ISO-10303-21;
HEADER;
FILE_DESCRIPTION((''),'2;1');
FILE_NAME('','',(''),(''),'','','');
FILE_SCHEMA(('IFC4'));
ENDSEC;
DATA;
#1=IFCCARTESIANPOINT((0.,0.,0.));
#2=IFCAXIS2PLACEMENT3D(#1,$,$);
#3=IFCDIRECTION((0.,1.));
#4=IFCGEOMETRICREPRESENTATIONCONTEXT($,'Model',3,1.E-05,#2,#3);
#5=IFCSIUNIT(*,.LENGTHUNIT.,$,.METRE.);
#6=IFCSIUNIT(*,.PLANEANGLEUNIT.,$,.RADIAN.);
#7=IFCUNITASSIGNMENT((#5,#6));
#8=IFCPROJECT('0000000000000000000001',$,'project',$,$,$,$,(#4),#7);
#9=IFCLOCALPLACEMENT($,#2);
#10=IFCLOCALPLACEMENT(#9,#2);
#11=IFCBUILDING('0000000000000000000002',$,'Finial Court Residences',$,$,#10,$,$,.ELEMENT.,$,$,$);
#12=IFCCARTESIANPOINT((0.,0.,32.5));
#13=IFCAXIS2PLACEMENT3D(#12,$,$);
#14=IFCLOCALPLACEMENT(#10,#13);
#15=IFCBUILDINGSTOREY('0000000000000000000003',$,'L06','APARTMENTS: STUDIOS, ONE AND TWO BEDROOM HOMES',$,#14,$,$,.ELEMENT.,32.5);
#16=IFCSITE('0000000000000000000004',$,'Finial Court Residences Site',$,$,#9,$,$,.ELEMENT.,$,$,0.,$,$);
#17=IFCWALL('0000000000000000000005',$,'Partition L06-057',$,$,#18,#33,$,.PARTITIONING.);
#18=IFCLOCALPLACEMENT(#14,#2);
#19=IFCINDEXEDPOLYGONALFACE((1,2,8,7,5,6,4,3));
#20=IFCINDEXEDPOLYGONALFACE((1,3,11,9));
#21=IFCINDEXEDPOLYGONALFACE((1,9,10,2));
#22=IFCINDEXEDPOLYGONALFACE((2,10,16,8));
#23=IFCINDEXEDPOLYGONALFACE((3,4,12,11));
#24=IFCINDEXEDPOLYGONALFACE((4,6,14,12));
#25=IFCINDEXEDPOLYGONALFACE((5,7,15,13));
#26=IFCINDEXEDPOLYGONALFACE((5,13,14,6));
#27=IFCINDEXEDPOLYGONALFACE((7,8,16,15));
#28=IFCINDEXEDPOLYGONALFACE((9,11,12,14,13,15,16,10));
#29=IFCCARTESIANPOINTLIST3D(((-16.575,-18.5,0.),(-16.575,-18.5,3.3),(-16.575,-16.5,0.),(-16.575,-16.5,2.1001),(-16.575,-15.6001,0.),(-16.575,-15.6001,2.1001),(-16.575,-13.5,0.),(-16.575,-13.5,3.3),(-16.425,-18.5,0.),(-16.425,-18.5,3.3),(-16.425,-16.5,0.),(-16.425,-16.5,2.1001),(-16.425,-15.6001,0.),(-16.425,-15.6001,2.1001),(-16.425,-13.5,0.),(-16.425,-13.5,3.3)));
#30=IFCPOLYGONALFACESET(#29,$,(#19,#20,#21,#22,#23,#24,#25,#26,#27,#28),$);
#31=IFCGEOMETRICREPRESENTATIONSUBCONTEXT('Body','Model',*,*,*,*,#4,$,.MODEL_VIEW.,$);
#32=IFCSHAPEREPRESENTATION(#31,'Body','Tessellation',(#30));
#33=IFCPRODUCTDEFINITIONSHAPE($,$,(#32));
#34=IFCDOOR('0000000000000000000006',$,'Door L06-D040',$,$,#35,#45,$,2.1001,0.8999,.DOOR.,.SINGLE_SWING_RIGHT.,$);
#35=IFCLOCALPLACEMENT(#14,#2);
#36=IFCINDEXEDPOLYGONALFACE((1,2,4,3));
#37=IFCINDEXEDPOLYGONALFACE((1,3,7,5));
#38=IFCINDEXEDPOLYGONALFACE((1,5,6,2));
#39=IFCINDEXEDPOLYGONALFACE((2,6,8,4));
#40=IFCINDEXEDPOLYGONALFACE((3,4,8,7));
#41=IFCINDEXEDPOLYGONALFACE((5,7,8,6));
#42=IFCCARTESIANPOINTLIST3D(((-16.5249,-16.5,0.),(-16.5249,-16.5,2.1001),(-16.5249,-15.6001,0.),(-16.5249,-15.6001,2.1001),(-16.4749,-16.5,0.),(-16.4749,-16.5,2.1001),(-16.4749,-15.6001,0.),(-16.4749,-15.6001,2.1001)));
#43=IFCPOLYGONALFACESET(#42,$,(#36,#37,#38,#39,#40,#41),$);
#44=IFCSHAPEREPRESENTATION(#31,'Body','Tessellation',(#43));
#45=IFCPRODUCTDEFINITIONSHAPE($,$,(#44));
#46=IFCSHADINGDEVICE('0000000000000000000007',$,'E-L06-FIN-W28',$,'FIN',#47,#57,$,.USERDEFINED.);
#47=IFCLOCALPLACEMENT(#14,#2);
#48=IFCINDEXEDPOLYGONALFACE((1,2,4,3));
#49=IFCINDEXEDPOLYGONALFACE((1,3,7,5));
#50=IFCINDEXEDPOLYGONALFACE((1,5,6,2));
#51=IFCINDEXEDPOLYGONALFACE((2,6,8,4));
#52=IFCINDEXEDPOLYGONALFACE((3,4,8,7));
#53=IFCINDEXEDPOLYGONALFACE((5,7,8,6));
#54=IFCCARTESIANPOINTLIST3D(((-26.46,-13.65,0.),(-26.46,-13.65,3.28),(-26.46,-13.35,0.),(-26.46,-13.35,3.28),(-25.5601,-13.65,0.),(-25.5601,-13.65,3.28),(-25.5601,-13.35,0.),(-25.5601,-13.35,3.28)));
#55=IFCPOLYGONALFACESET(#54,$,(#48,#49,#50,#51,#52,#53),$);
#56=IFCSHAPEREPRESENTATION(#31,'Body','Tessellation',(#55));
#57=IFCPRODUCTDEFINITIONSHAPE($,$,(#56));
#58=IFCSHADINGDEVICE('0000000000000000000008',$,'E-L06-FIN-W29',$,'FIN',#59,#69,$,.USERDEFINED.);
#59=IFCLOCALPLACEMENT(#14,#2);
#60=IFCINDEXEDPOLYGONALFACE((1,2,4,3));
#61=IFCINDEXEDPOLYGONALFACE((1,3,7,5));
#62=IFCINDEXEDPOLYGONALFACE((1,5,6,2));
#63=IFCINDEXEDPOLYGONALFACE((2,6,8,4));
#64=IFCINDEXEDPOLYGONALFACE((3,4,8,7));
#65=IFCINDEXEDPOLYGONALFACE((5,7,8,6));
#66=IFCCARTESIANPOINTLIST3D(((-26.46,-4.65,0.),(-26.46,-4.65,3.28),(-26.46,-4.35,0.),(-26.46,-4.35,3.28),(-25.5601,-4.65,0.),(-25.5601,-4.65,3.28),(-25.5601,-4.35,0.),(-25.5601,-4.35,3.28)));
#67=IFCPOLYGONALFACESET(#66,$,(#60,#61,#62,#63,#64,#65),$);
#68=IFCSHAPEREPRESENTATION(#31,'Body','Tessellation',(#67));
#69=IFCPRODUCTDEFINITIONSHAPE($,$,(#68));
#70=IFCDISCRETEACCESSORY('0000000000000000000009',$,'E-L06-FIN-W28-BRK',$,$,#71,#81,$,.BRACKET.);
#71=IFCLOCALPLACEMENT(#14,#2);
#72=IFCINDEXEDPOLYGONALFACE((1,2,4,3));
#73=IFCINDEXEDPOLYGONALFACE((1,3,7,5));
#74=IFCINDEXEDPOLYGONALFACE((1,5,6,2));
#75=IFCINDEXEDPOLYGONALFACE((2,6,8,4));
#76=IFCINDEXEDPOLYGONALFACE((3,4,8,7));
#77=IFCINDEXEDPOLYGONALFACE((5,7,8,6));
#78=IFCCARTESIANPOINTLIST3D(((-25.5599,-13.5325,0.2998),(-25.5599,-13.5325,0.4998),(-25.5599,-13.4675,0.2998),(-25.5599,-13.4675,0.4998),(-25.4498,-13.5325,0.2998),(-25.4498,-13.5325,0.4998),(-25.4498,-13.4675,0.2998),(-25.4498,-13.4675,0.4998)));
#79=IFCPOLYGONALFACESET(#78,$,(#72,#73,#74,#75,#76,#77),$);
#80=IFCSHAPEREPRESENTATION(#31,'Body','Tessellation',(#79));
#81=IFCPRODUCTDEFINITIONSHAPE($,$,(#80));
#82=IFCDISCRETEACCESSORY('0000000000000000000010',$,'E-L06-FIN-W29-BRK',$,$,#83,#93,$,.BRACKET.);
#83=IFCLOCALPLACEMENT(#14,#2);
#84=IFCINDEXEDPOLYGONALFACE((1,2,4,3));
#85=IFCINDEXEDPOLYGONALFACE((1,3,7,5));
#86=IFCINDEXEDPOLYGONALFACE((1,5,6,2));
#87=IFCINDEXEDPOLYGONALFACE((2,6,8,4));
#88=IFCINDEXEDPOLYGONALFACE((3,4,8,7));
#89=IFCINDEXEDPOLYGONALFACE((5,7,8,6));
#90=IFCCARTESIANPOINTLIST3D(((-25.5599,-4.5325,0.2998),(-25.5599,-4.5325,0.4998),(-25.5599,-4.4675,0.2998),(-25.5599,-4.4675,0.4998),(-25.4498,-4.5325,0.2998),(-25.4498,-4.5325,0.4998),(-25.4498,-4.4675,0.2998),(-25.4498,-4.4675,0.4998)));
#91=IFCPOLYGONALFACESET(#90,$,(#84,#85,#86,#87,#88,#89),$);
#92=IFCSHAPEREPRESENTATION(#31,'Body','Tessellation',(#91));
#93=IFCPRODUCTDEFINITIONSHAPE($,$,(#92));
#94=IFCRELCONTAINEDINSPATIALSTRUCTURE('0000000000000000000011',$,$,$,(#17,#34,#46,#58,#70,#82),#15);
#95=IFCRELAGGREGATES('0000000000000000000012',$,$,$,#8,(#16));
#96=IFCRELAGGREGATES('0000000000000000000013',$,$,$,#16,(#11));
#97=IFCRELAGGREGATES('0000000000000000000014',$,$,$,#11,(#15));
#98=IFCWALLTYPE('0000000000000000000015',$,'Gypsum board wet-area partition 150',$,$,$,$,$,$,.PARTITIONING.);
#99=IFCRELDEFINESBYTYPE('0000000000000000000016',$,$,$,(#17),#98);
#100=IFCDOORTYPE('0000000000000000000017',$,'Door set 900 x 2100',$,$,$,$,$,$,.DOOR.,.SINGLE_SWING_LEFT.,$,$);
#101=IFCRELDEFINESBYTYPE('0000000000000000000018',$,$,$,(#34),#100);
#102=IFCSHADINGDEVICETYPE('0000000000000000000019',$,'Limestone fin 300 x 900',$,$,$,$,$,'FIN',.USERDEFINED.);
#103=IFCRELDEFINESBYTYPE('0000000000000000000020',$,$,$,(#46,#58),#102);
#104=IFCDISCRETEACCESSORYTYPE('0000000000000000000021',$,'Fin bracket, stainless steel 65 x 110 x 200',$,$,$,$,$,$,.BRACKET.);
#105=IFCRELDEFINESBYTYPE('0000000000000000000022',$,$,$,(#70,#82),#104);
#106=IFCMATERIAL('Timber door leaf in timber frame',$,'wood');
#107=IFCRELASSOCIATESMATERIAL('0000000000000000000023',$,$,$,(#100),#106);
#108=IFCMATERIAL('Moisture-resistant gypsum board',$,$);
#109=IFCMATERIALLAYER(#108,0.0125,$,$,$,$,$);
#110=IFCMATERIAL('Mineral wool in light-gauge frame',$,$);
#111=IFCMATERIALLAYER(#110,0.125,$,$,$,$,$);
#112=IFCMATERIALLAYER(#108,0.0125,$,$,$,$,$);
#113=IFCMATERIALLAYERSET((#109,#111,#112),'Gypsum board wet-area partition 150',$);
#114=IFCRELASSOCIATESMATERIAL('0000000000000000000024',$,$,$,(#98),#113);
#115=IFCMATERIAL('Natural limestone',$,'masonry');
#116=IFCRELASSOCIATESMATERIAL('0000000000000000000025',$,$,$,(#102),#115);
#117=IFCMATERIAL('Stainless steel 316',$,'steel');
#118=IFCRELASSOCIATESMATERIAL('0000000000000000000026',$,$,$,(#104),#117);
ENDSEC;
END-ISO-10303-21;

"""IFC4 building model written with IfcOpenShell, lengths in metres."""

from ifc_helpers import new_model, si_unit, direction, frame, frame_2d, origin, origin_2d, place, context, subcontext, project, spatial, rectangle, extrude, material, layer, layer_set, type_object, element, fill, save


model = new_model("IFC4")

# Units and contexts
model_context = context("Model", 3, precision=1e-05, world=origin(), true_north=direction((0.0, 1.0)))
body_context = subcontext(model_context, "Body", "Model", "MODEL_VIEW")
ifc_project = project(units=[si_unit("LENGTHUNIT", "METRE"), si_unit("PLANEANGLEUNIT", "RADIAN")], contexts=[model_context])

# Site, building, storey
site_placement = place(None, origin())
site = spatial("IfcSite", under=ifc_project, at=site_placement, Name="Finial Court Residences Site", CompositionType="ELEMENT", RefElevation=0.0)
building_placement = place(site_placement, origin())
building = spatial("IfcBuilding", under=site, at=building_placement, Name="Finial Court Residences", CompositionType="ELEMENT")
storey_placement = place(building_placement, frame((0.0, 0.0, 32.5)))
storey = spatial("IfcBuildingStorey", under=building, at=storey_placement, Name="L06", Description="APARTMENTS: STUDIOS, ONE AND TWO BEDROOM HOMES", CompositionType="ELEMENT", Elevation=32.5)

# Shared definitions
ifc_material_1 = material(Name="Mineral wool in light-gauge frame")
ifc_material_2 = material(Name="Timber door leaf in timber frame", Category="wood")
door_type_1 = type_object("IfcDoorType", Name="Door set 900 x 2100", OperationType="SINGLE_SWING_LEFT", PredefinedType="DOOR", material=ifc_material_2)

# Shared definitions
ifc_material_3 = material(Name="Moisture-resistant gypsum board")
ifc_layer_1 = layer(ifc_material_3, 0.0125)
ifc_layer_2 = layer(ifc_material_1, 0.125)
ifc_layer_3 = layer(ifc_material_3, 0.0125)
ifc_layer_set_1 = layer_set([ifc_layer_1, ifc_layer_2, ifc_layer_3], Name="Gypsum board wet-area partition 150")
wall_type_1 = type_object("IfcWallType", Name="Gypsum board wet-area partition 150", PredefinedType="PARTITIONING", material=ifc_layer_set_1)

# Wall, opening, door
wall_1_placement = place(storey_placement, frame((-16.5, -18.5, 0.0), z_axis=(0.0, 0.0, 1.0), x_axis=(0.0, 1.0, 0.0)))
wall_1 = element("IfcWall", 1, at=wall_1_placement, inside=storey, type_object=wall_type_1, Name="Partition L06-057", PredefinedType="PARTITIONING", context=body_context, shape_type="SweptSolid", body=[
    extrude(rectangle(XDim=5.0, YDim=0.1499, at=frame_2d((2.5, 0.0))), origin(), (0.0, 0.0, 1.0), 3.3),
])
opening_1_placement = place(wall_1_placement, frame((2.0, 0.0, 0.0)))
opening_1 = element("IfcOpeningElement", 2, at=opening_1_placement, cuts=wall_1, PredefinedType="OPENING", context=body_context, shape_type="SweptSolid", body=[
    extrude(rectangle(XDim=0.8999, YDim=2.1001, at=frame_2d((0.45, 1.05))), frame((0.0, 0.085, 0.0), z_axis=(0.0, -1.0, 0.0), x_axis=(1.0, 0.0, 0.0)), (0.0, 0.0, 1.0), 0.1699),
])
door_1_placement = place(opening_1_placement, origin())
door_1 = element("IfcDoor", 3, at=door_1_placement, inside=storey, type_object=door_type_1, Name="Door L06-D040", OperationType="SINGLE_SWING_RIGHT", OverallHeight=2.1001, OverallWidth=0.8999, PredefinedType="DOOR", context=body_context, shape_type="SweptSolid", body=[
    extrude(rectangle(XDim=0.8999, YDim=2.1001, at=frame_2d((0.45, 1.05))), frame((0.0, 0.0249, 0.0), z_axis=(0.0, -1.0, 0.0), x_axis=(1.0, 0.0, 0.0)), (0.0, 0.0, 1.0), 0.05),
])
fill(opening_1, door_1)

# Shading devices
ifc_material_4 = material(Name="Natural limestone", Category="masonry")
shading_device_type = type_object("IfcShadingDeviceType", Name="Limestone fin 300 x 900", ElementType="FIN", PredefinedType="USERDEFINED", material=ifc_material_4)
for number, where, z_axis, x_axis, name in (
    (4, (-26.01, -13.5, 0.0), (0.0, 0.0, 1.0), (1.0, 0.0, 0.0), "E-L06-FIN-W28"),
    (5, (-26.01, -4.5, 0.0), (0.0, 0.0, 1.0), (1.0, 0.0, 0.0), "E-L06-FIN-W29"),
):
    element("IfcShadingDevice", number, at=place(storey_placement, frame(where, z_axis=z_axis, x_axis=x_axis)), inside=storey, type_object=shading_device_type, Name=name, ObjectType="FIN", PredefinedType="USERDEFINED", context=body_context, shape_type="SweptSolid", body=[
        extrude(rectangle(XDim=0.8999, YDim=0.3, at=origin_2d()), origin(), (0.0, 0.0, 1.0), 3.28),
    ])

# Discrete accessories
ifc_material_5 = material(Name="Stainless steel 316", Category="steel")
discrete_accessory_type = type_object("IfcDiscreteAccessoryType", Name="Fin bracket, stainless steel 65 x 110 x 200", PredefinedType="BRACKET", material=ifc_material_5)
for number, where, z_axis, x_axis, name in (
    (6, (-25.5049, -13.5, 0.2998), (0.0, 0.0, 1.0), (1.0, 0.0, 0.0), "E-L06-FIN-W28-BRK"),
    (7, (-25.5049, -4.5, 0.2998), (0.0, 0.0, 1.0), (1.0, 0.0, 0.0), "E-L06-FIN-W29-BRK"),
):
    element("IfcDiscreteAccessory", number, at=place(storey_placement, frame(where, z_axis=z_axis, x_axis=x_axis)), inside=storey, type_object=discrete_accessory_type, Name=name, PredefinedType="BRACKET", context=body_context, shape_type="SweptSolid", body=[
        extrude(rectangle(XDim=0.1101, YDim=0.0649, at=origin_2d()), origin(), (0.0, 0.0, 1.0), 0.2),
    ])

save(model, "model.ifc")
